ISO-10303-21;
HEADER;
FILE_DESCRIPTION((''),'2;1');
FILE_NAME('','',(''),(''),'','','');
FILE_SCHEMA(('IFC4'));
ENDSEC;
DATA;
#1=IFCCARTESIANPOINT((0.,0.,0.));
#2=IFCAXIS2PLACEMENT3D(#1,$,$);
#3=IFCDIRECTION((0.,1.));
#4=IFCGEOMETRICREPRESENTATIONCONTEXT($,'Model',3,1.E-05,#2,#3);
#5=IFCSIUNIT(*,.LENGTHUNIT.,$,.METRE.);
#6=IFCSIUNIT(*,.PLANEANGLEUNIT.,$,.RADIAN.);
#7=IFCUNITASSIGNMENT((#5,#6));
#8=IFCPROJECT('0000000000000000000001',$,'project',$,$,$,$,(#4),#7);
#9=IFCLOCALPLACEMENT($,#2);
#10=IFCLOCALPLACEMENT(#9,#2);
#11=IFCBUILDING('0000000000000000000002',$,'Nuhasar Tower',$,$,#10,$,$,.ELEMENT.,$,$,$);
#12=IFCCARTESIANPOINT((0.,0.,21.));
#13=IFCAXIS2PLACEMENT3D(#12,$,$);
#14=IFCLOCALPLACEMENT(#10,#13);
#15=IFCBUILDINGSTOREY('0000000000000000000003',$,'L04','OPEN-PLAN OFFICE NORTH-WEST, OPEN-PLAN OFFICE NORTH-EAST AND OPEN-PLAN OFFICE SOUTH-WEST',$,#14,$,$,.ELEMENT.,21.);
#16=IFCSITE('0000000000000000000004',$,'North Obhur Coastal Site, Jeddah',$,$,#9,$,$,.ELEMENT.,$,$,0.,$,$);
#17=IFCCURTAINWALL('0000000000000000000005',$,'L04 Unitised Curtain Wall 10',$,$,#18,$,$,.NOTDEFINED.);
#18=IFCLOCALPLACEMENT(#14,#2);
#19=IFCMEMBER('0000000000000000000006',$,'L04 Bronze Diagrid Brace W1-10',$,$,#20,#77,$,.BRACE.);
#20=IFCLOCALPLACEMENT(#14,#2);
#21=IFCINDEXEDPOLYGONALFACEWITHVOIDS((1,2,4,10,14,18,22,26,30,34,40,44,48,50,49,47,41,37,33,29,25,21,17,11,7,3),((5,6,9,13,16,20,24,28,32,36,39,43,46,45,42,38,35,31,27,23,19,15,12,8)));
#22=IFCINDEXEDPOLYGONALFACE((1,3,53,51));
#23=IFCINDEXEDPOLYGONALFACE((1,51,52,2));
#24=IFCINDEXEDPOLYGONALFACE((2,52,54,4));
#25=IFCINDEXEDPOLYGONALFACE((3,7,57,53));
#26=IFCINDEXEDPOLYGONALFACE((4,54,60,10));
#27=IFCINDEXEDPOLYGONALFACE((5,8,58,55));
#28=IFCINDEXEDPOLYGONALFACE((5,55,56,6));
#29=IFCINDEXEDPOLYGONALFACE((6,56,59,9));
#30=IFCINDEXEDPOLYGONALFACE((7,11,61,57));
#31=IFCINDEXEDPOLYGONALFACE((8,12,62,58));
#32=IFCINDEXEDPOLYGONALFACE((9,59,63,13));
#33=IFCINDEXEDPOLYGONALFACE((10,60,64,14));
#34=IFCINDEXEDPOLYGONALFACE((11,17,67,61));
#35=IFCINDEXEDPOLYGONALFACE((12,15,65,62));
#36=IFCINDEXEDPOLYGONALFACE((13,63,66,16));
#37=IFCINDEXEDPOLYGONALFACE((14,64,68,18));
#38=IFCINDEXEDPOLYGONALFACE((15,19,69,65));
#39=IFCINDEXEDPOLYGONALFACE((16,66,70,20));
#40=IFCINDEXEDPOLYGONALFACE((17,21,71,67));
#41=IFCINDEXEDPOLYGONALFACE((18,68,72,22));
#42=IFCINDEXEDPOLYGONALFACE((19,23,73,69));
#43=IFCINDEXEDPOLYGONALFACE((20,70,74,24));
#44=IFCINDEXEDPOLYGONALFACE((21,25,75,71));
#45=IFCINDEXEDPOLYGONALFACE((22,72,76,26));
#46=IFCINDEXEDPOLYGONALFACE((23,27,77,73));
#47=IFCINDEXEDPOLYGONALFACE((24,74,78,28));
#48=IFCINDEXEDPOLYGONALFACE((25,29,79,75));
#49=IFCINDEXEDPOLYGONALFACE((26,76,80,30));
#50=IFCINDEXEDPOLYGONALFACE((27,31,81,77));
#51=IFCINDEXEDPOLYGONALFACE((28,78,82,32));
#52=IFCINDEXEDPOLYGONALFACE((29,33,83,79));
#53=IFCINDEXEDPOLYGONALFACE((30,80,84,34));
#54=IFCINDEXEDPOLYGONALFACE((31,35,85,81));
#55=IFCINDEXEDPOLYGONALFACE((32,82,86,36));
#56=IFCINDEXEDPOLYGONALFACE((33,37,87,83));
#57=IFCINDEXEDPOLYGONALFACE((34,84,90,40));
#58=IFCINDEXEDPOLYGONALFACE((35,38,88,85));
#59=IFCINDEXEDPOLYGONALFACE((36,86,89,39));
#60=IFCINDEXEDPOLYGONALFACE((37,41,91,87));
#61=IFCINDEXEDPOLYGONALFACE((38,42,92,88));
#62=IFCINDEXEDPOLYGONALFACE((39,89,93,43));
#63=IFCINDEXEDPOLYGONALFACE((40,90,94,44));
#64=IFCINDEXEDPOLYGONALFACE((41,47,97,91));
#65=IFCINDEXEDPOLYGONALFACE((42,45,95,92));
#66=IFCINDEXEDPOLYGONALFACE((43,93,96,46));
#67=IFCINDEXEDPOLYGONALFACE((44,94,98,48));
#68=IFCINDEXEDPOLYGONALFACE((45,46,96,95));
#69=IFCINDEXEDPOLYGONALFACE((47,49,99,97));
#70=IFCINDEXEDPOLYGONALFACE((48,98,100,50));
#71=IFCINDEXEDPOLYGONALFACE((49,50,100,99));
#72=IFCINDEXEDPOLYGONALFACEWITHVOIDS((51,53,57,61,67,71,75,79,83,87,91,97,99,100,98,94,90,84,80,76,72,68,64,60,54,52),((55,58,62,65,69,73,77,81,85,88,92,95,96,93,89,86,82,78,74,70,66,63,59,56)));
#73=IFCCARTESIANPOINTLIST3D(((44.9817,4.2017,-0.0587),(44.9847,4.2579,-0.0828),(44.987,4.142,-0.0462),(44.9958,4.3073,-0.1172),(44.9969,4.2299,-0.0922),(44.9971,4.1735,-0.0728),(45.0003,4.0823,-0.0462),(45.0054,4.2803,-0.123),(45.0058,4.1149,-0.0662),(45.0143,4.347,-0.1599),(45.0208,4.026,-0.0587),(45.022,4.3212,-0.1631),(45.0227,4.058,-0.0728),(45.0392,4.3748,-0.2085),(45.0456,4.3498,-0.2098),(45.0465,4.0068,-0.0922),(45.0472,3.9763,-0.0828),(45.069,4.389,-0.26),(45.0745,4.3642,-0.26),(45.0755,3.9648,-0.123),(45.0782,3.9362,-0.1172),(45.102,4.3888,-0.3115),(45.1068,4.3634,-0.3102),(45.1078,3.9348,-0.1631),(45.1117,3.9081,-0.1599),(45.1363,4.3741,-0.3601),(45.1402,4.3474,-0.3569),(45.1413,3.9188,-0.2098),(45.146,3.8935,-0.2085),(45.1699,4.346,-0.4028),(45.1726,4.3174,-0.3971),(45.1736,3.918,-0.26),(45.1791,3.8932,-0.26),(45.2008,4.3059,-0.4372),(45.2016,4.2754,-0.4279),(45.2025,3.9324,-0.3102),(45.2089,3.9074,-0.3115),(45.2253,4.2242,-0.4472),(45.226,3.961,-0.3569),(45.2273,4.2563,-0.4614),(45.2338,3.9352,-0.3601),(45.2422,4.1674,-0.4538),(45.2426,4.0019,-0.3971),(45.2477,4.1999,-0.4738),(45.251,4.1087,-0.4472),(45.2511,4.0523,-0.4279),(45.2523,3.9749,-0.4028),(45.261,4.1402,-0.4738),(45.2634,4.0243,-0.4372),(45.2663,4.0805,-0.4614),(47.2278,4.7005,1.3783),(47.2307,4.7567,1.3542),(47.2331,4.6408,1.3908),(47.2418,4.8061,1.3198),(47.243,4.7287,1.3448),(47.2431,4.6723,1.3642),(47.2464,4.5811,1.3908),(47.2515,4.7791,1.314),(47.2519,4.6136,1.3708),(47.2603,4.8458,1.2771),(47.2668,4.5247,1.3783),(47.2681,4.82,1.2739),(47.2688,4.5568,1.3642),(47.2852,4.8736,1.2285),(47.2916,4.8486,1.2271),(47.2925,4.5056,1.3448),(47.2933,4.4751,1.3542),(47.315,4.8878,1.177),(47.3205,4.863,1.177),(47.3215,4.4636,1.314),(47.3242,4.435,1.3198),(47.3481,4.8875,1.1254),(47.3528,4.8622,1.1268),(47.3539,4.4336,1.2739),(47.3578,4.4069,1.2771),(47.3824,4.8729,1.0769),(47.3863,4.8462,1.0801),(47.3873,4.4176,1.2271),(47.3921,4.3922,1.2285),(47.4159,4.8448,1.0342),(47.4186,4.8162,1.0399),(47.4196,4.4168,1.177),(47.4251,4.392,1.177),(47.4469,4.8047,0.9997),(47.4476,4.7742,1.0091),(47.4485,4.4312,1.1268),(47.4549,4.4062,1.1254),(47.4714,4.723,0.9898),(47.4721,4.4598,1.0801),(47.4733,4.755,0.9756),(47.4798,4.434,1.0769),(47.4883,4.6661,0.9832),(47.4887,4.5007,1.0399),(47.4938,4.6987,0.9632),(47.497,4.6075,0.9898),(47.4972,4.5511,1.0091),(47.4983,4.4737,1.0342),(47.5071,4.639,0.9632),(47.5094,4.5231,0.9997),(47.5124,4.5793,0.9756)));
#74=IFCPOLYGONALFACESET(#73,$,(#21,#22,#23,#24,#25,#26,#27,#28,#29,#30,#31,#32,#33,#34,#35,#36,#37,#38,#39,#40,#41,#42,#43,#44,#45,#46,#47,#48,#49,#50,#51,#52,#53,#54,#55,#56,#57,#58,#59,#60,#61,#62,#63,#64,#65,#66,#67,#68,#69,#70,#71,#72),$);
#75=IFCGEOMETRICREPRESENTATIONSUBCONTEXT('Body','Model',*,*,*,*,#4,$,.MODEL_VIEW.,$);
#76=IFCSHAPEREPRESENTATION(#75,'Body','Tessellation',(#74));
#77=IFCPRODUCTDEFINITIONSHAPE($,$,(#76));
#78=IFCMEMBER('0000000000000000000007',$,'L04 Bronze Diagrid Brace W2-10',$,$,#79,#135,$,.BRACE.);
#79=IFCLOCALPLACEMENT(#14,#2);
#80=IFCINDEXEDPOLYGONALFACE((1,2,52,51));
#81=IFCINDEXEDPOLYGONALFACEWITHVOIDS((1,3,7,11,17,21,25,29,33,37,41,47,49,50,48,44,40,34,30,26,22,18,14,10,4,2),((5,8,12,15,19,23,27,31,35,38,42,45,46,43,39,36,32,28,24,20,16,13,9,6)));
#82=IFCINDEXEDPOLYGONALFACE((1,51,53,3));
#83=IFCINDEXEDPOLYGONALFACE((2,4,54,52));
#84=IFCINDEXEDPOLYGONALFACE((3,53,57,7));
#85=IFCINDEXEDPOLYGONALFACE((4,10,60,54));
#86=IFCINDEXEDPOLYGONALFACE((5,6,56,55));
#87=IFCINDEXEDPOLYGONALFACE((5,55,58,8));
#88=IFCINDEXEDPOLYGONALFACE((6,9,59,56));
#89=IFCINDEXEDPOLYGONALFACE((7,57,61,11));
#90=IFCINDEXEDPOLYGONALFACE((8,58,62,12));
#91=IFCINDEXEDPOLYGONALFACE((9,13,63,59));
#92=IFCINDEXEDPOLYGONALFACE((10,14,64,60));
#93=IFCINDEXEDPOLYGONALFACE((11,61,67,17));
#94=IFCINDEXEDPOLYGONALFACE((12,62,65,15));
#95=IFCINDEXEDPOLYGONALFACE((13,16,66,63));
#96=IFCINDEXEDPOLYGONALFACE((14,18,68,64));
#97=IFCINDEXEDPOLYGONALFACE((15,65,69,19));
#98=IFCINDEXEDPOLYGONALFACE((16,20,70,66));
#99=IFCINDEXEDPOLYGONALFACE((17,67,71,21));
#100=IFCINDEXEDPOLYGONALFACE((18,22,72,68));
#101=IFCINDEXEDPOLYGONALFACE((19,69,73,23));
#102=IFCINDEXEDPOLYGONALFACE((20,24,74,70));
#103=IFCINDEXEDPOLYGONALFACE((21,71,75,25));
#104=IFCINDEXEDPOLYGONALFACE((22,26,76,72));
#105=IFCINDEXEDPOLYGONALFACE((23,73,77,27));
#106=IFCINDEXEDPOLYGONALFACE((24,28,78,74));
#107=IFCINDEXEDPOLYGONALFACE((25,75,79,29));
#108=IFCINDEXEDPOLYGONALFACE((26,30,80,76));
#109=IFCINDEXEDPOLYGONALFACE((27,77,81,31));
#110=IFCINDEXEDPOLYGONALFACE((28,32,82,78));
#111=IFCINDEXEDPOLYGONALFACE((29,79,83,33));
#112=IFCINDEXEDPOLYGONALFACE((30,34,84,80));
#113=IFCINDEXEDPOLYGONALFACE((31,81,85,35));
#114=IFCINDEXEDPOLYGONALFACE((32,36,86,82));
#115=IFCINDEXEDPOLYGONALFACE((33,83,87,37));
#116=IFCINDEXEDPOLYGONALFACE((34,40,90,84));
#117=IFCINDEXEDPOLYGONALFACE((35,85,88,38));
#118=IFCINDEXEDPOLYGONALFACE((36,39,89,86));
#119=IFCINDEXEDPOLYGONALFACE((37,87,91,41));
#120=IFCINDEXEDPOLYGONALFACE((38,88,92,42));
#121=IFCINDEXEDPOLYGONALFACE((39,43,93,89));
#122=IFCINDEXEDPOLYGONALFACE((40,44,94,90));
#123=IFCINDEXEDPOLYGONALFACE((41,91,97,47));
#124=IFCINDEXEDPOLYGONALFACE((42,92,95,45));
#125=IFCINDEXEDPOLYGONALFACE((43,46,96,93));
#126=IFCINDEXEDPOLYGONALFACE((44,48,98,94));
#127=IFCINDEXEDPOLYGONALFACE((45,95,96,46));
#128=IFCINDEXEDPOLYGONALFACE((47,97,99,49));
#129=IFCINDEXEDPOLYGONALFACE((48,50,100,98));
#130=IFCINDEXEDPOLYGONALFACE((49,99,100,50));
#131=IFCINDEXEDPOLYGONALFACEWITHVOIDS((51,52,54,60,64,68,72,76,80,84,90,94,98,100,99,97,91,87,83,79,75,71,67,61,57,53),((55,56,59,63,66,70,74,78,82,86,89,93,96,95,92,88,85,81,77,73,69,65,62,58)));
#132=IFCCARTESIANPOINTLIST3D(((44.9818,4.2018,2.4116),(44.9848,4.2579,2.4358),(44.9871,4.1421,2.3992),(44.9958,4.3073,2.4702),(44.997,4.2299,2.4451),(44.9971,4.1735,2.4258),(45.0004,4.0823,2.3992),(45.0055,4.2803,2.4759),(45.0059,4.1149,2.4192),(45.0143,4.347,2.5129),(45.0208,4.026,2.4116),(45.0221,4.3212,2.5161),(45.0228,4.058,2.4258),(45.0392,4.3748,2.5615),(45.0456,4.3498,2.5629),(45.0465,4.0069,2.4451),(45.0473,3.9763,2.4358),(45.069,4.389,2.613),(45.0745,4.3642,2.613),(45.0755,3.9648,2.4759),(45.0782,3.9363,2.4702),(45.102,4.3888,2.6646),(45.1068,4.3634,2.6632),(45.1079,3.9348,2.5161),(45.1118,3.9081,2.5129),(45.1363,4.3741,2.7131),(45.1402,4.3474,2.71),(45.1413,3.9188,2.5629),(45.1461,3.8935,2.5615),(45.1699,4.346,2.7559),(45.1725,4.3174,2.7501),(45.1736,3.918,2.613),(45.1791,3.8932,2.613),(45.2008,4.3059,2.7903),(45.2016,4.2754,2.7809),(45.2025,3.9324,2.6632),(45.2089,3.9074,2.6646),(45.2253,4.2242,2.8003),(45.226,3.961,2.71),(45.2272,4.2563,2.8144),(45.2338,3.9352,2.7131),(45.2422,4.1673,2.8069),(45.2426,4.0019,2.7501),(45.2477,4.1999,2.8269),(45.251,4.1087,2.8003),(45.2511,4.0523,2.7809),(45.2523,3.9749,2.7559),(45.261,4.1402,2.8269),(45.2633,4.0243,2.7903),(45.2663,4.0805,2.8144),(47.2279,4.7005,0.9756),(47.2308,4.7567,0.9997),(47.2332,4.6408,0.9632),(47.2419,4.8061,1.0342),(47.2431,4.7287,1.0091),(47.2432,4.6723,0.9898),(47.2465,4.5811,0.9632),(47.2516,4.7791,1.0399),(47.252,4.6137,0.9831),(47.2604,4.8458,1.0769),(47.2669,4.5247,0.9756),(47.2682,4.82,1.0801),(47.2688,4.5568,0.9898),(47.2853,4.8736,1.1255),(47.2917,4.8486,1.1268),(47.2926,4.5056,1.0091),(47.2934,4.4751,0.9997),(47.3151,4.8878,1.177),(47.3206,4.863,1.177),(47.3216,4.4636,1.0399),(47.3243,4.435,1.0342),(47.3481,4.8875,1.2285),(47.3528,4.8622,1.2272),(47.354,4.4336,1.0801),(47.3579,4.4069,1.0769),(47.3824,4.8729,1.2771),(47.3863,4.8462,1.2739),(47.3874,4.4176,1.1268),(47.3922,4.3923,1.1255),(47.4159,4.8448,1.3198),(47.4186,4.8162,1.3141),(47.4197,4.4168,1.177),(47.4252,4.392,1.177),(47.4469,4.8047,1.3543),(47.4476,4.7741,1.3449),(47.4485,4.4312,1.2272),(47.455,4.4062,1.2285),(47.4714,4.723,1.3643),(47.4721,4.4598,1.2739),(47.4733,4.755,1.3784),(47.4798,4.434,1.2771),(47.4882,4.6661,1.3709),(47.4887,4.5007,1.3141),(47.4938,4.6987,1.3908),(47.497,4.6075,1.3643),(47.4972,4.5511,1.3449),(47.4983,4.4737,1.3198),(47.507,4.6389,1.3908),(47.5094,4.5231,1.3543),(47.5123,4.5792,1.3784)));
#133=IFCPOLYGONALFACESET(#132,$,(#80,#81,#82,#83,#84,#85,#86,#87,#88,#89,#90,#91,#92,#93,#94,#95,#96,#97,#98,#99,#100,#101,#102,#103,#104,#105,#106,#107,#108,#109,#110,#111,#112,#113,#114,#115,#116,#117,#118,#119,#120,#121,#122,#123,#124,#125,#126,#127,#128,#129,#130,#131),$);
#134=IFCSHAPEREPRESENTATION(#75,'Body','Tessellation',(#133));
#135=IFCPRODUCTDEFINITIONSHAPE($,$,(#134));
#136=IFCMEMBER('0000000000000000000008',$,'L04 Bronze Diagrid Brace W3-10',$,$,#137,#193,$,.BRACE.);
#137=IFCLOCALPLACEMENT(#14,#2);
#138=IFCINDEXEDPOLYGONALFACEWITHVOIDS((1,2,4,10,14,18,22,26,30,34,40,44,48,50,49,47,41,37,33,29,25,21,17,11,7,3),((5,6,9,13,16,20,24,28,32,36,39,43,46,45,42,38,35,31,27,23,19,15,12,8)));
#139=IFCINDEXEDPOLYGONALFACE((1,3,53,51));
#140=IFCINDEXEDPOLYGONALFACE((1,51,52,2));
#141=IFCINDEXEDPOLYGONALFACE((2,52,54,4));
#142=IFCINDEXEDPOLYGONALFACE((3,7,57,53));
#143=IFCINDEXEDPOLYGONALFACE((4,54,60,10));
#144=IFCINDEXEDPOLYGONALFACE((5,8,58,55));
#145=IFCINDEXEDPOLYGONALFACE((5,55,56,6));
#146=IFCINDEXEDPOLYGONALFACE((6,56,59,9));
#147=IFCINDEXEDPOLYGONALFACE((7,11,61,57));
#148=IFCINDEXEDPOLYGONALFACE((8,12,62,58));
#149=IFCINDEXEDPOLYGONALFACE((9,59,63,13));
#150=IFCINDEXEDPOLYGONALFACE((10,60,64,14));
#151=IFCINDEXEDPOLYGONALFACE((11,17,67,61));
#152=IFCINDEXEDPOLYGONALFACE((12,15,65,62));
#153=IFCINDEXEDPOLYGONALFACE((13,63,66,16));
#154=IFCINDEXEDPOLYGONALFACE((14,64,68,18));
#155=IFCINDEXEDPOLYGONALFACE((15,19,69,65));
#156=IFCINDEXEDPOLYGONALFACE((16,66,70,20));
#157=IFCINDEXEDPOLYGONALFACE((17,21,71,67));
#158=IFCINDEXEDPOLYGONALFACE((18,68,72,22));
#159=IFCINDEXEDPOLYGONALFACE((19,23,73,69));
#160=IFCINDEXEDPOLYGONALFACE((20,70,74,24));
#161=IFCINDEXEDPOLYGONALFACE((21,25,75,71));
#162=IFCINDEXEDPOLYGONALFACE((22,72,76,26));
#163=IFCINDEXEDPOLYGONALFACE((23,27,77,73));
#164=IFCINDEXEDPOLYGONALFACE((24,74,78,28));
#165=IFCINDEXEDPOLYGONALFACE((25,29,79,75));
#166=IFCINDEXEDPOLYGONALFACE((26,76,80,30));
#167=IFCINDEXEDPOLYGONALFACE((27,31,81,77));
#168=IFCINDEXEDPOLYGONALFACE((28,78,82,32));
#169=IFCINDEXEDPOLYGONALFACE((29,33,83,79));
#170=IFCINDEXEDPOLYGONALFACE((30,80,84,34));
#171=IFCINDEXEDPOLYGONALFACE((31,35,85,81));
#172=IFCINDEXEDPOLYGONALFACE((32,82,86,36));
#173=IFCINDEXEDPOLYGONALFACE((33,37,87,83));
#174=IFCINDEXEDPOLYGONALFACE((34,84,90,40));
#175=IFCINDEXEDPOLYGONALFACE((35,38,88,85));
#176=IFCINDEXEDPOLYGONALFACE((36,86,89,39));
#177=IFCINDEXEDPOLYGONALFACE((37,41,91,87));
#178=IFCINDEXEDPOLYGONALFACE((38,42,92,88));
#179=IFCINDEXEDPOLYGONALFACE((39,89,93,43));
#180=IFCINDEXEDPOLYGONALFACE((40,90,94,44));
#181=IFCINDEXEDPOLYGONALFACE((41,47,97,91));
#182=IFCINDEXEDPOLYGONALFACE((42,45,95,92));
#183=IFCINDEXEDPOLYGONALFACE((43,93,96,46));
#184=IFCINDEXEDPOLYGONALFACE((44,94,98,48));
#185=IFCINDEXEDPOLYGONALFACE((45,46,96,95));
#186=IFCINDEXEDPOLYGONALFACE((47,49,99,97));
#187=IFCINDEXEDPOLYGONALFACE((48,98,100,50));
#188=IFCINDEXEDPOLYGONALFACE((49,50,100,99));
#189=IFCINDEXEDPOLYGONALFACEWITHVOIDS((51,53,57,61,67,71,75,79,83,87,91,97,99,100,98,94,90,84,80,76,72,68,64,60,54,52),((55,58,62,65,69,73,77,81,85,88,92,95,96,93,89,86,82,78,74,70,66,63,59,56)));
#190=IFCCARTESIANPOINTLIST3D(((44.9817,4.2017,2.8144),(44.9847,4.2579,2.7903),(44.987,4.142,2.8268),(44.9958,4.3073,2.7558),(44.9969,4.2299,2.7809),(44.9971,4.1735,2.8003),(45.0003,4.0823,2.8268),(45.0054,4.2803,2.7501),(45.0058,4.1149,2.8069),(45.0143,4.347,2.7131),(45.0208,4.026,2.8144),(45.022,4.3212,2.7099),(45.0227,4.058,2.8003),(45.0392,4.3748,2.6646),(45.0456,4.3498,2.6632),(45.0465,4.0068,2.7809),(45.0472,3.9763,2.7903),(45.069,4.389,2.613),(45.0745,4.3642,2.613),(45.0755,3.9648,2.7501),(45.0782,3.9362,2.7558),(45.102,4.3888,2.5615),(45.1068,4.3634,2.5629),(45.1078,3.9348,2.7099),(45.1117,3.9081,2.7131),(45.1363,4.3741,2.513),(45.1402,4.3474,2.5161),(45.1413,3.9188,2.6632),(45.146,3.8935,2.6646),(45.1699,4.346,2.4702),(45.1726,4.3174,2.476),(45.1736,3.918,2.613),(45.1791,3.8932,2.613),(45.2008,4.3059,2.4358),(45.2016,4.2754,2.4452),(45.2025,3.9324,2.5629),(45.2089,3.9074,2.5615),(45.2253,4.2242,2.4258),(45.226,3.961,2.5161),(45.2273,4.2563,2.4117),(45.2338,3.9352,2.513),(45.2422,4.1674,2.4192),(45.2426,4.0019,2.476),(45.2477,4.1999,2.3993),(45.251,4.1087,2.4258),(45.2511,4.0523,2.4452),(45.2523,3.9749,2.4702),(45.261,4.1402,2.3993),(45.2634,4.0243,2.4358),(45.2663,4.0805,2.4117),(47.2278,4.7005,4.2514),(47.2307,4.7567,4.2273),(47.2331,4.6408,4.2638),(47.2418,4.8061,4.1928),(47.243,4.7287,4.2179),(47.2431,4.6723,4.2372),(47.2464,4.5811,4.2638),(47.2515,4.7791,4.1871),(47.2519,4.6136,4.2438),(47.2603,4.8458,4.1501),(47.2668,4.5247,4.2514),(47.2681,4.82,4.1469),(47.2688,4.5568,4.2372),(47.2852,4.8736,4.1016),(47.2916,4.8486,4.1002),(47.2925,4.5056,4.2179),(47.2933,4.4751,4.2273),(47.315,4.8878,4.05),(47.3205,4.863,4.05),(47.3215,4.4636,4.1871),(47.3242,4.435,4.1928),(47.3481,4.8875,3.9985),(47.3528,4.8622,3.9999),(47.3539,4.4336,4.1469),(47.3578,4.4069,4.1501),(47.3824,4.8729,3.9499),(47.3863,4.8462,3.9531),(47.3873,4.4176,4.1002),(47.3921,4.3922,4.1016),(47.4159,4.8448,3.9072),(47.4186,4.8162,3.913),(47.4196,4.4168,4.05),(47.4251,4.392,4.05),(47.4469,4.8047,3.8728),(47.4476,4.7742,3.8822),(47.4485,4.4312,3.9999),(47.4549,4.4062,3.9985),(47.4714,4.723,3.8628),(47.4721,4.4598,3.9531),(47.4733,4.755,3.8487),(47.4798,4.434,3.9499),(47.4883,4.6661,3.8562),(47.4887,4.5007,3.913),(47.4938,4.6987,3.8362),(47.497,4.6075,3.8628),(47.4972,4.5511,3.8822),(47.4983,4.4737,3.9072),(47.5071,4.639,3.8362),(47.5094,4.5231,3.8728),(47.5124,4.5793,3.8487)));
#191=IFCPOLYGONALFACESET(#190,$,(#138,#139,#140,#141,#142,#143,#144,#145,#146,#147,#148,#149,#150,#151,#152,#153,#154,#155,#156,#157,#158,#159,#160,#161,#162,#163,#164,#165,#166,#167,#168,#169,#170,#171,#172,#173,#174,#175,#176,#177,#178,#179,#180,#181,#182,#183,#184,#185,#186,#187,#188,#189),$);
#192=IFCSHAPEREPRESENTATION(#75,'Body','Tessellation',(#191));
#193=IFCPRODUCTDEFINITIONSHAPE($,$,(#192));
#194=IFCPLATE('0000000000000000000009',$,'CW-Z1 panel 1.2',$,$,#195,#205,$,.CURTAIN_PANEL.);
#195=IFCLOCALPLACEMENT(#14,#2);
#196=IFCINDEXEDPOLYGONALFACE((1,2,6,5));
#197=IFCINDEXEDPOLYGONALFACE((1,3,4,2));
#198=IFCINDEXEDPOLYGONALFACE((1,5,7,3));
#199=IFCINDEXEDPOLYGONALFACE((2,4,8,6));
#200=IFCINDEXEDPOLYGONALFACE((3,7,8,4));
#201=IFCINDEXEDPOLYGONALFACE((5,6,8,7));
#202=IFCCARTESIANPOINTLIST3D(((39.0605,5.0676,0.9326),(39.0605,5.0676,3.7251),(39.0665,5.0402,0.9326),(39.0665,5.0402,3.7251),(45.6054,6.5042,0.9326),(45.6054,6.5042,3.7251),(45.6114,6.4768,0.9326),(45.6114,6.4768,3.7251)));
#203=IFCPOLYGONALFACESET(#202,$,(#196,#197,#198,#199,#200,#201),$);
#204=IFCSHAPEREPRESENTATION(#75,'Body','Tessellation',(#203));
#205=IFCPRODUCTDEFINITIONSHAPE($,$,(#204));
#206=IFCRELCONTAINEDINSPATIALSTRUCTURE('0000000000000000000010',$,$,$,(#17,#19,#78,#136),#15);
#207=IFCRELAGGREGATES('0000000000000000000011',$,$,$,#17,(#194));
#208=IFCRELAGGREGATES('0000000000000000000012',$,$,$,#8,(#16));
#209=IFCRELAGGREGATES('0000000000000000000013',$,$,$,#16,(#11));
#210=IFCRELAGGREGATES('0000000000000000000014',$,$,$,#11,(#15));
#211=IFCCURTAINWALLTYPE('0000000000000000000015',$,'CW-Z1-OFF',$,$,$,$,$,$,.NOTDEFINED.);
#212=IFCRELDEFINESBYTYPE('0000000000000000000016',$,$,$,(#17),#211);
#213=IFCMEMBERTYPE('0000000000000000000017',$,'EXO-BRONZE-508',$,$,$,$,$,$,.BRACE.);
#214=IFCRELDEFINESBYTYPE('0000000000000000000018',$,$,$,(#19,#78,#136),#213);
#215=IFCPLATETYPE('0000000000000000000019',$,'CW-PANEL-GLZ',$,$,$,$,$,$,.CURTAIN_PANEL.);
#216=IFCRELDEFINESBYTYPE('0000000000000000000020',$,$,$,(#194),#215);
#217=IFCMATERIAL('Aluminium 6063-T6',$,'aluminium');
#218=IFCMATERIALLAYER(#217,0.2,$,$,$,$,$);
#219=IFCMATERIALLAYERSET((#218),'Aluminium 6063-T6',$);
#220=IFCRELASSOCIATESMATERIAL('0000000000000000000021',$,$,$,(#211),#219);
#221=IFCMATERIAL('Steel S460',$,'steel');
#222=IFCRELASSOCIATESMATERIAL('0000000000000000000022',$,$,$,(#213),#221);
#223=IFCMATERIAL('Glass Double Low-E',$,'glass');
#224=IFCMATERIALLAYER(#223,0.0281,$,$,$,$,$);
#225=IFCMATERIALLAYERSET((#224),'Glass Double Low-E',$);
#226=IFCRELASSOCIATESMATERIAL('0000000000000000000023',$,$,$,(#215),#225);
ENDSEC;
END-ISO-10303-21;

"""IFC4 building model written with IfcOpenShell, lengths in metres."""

from ifc_helpers import new_model, si_unit, direction, frame, origin, origin_2d, place, context, subcontext, project, spatial, rectangle, hollow_circle, extrude, material, layer, layer_set, material_profile, profile_set, type_object, element, aggregate, save


model = new_model("IFC4")

# Units and contexts
model_context = context("Model", 3, precision=1e-05, world=origin(), true_north=direction((0.0, 1.0)))
body_context = subcontext(model_context, "Body", "Model", "MODEL_VIEW")
ifc_project = project(units=[si_unit("LENGTHUNIT", "METRE"), si_unit("PLANEANGLEUNIT", "RADIAN")], contexts=[model_context])

# Site, building, storey
site_placement = place(None, origin())
site = spatial("IfcSite", under=ifc_project, at=site_placement, Name="North Obhur Coastal Site, Jeddah", CompositionType="ELEMENT", RefElevation=0.0)
building_placement = place(site_placement, origin())
building = spatial("IfcBuilding", under=site, at=building_placement, Name="Nuhasar Tower", CompositionType="ELEMENT")
storey_placement = place(building_placement, frame((0.0, 0.0, 21.0)))
storey = spatial("IfcBuildingStorey", under=building, at=storey_placement, Name="L04", Description="OPEN-PLAN OFFICE NORTH-WEST, OPEN-PLAN OFFICE NORTH-EAST AND OPEN-PLAN OFFICE SOUTH-WEST", CompositionType="ELEMENT", Elevation=21.0)

# Shared definitions
ifc_material_1 = material(Name="Steel S460", Category="steel")

# Curtain wall
ifc_material_2 = material(Name="Aluminium 6063-T6", Category="aluminium")
ifc_layer_1 = layer(ifc_material_2, 0.2)
ifc_layer_set_1 = layer_set([ifc_layer_1], Name="Aluminium 6063-T6")
curtain_wall_type = type_object("IfcCurtainWallType", Name="CW-Z1-OFF", PredefinedType="NOTDEFINED", material=ifc_layer_set_1)
curtain_wall_placement = place(storey_placement, origin())
curtain_wall = element("IfcCurtainWall", 1, at=curtain_wall_placement, inside=storey, type_object=curtain_wall_type, Name="L04 Unitised Curtain Wall 10", PredefinedType="NOTDEFINED")

# Members
ifc_material_profile_1 = material_profile(ifc_material_1, hollow_circle(Radius=0.2539, WallThickness=0.0254, at=origin_2d()), Name="HSS508X25.4")
ifc_profile_set_1 = profile_set([ifc_material_profile_1], Name="Steel S460")
member_type_1 = type_object("IfcMemberType", Name="EXO-BRONZE-508", PredefinedType="BRACE", material=ifc_profile_set_1)
member_1_placement = place(storey_placement, frame((45.124, 4.1411, -0.26), z_axis=(0.827993, 0.183868, 0.529736), x_axis=(-0.216784, 0.97622, 0.0)))
element("IfcMember", 2, at=member_1_placement, inside=storey, type_object=member_type_1, Name="L04 Bronze Diagrid Brace W1-10", PredefinedType="BRACE", context=body_context, shape_type="SweptSolid", body=[
    extrude(hollow_circle(Radius=0.2539, WallThickness=0.0254, at=origin_2d()), origin(), (0.0, 0.0, 1.0), 2.7126),
])
member_2_placement = place(storey_placement, frame((47.3701, 4.6399, 1.177), z_axis=(-0.828151, -0.183904, 0.529477), x_axis=(0.216784, -0.97622, 0.0)))
element("IfcMember", 3, at=member_2_placement, inside=storey, type_object=member_type_1, Name="L04 Bronze Diagrid Brace W2-10", PredefinedType="BRACE", context=body_context, shape_type="SweptSolid", body=[
    extrude(hollow_circle(Radius=0.2539, WallThickness=0.0254, at=origin_2d()), origin(), (0.0, 0.0, 1.0), 2.7122),
])
member_3_placement = place(storey_placement, frame((45.124, 4.1411, 2.613), z_axis=(0.827993, 0.183868, 0.529736), x_axis=(-0.216784, 0.97622, 0.0)))
element("IfcMember", 4, at=member_3_placement, inside=storey, type_object=member_type_1, Name="L04 Bronze Diagrid Brace W3-10", PredefinedType="BRACE", context=body_context, shape_type="SweptSolid", body=[
    extrude(hollow_circle(Radius=0.2539, WallThickness=0.0254, at=origin_2d()), origin(), (0.0, 0.0, 1.0), 2.7126),
])

# Plate
ifc_material_3 = material(Name="Glass Double Low-E", Category="glass")
ifc_layer_2 = layer(ifc_material_3, 0.0281)
ifc_layer_set_2 = layer_set([ifc_layer_2], Name="Glass Double Low-E")
plate_type_1 = type_object("IfcPlateType", Name="CW-PANEL-GLZ", PredefinedType="CURTAIN_PANEL", material=ifc_layer_set_2)
plate_1_placement = place(storey_placement, frame((42.3359, 5.7722, 0.9326), z_axis=(0.0, 0.0, 1.0), x_axis=(0.976746, 0.214399, 0.0)))
plate_1 = element("IfcPlate", 5, at=plate_1_placement, type_object=plate_type_1, Name="CW-Z1 panel 1.2", PredefinedType="CURTAIN_PANEL", context=body_context, shape_type="SweptSolid", body=[
    extrude(rectangle(XDim=6.7007, YDim=0.0281, at=origin_2d()), origin(), (0.0, 0.0, 1.0), 2.7925),
])
aggregate(curtain_wall, [plate_1])

save(model, "model.ifc")
